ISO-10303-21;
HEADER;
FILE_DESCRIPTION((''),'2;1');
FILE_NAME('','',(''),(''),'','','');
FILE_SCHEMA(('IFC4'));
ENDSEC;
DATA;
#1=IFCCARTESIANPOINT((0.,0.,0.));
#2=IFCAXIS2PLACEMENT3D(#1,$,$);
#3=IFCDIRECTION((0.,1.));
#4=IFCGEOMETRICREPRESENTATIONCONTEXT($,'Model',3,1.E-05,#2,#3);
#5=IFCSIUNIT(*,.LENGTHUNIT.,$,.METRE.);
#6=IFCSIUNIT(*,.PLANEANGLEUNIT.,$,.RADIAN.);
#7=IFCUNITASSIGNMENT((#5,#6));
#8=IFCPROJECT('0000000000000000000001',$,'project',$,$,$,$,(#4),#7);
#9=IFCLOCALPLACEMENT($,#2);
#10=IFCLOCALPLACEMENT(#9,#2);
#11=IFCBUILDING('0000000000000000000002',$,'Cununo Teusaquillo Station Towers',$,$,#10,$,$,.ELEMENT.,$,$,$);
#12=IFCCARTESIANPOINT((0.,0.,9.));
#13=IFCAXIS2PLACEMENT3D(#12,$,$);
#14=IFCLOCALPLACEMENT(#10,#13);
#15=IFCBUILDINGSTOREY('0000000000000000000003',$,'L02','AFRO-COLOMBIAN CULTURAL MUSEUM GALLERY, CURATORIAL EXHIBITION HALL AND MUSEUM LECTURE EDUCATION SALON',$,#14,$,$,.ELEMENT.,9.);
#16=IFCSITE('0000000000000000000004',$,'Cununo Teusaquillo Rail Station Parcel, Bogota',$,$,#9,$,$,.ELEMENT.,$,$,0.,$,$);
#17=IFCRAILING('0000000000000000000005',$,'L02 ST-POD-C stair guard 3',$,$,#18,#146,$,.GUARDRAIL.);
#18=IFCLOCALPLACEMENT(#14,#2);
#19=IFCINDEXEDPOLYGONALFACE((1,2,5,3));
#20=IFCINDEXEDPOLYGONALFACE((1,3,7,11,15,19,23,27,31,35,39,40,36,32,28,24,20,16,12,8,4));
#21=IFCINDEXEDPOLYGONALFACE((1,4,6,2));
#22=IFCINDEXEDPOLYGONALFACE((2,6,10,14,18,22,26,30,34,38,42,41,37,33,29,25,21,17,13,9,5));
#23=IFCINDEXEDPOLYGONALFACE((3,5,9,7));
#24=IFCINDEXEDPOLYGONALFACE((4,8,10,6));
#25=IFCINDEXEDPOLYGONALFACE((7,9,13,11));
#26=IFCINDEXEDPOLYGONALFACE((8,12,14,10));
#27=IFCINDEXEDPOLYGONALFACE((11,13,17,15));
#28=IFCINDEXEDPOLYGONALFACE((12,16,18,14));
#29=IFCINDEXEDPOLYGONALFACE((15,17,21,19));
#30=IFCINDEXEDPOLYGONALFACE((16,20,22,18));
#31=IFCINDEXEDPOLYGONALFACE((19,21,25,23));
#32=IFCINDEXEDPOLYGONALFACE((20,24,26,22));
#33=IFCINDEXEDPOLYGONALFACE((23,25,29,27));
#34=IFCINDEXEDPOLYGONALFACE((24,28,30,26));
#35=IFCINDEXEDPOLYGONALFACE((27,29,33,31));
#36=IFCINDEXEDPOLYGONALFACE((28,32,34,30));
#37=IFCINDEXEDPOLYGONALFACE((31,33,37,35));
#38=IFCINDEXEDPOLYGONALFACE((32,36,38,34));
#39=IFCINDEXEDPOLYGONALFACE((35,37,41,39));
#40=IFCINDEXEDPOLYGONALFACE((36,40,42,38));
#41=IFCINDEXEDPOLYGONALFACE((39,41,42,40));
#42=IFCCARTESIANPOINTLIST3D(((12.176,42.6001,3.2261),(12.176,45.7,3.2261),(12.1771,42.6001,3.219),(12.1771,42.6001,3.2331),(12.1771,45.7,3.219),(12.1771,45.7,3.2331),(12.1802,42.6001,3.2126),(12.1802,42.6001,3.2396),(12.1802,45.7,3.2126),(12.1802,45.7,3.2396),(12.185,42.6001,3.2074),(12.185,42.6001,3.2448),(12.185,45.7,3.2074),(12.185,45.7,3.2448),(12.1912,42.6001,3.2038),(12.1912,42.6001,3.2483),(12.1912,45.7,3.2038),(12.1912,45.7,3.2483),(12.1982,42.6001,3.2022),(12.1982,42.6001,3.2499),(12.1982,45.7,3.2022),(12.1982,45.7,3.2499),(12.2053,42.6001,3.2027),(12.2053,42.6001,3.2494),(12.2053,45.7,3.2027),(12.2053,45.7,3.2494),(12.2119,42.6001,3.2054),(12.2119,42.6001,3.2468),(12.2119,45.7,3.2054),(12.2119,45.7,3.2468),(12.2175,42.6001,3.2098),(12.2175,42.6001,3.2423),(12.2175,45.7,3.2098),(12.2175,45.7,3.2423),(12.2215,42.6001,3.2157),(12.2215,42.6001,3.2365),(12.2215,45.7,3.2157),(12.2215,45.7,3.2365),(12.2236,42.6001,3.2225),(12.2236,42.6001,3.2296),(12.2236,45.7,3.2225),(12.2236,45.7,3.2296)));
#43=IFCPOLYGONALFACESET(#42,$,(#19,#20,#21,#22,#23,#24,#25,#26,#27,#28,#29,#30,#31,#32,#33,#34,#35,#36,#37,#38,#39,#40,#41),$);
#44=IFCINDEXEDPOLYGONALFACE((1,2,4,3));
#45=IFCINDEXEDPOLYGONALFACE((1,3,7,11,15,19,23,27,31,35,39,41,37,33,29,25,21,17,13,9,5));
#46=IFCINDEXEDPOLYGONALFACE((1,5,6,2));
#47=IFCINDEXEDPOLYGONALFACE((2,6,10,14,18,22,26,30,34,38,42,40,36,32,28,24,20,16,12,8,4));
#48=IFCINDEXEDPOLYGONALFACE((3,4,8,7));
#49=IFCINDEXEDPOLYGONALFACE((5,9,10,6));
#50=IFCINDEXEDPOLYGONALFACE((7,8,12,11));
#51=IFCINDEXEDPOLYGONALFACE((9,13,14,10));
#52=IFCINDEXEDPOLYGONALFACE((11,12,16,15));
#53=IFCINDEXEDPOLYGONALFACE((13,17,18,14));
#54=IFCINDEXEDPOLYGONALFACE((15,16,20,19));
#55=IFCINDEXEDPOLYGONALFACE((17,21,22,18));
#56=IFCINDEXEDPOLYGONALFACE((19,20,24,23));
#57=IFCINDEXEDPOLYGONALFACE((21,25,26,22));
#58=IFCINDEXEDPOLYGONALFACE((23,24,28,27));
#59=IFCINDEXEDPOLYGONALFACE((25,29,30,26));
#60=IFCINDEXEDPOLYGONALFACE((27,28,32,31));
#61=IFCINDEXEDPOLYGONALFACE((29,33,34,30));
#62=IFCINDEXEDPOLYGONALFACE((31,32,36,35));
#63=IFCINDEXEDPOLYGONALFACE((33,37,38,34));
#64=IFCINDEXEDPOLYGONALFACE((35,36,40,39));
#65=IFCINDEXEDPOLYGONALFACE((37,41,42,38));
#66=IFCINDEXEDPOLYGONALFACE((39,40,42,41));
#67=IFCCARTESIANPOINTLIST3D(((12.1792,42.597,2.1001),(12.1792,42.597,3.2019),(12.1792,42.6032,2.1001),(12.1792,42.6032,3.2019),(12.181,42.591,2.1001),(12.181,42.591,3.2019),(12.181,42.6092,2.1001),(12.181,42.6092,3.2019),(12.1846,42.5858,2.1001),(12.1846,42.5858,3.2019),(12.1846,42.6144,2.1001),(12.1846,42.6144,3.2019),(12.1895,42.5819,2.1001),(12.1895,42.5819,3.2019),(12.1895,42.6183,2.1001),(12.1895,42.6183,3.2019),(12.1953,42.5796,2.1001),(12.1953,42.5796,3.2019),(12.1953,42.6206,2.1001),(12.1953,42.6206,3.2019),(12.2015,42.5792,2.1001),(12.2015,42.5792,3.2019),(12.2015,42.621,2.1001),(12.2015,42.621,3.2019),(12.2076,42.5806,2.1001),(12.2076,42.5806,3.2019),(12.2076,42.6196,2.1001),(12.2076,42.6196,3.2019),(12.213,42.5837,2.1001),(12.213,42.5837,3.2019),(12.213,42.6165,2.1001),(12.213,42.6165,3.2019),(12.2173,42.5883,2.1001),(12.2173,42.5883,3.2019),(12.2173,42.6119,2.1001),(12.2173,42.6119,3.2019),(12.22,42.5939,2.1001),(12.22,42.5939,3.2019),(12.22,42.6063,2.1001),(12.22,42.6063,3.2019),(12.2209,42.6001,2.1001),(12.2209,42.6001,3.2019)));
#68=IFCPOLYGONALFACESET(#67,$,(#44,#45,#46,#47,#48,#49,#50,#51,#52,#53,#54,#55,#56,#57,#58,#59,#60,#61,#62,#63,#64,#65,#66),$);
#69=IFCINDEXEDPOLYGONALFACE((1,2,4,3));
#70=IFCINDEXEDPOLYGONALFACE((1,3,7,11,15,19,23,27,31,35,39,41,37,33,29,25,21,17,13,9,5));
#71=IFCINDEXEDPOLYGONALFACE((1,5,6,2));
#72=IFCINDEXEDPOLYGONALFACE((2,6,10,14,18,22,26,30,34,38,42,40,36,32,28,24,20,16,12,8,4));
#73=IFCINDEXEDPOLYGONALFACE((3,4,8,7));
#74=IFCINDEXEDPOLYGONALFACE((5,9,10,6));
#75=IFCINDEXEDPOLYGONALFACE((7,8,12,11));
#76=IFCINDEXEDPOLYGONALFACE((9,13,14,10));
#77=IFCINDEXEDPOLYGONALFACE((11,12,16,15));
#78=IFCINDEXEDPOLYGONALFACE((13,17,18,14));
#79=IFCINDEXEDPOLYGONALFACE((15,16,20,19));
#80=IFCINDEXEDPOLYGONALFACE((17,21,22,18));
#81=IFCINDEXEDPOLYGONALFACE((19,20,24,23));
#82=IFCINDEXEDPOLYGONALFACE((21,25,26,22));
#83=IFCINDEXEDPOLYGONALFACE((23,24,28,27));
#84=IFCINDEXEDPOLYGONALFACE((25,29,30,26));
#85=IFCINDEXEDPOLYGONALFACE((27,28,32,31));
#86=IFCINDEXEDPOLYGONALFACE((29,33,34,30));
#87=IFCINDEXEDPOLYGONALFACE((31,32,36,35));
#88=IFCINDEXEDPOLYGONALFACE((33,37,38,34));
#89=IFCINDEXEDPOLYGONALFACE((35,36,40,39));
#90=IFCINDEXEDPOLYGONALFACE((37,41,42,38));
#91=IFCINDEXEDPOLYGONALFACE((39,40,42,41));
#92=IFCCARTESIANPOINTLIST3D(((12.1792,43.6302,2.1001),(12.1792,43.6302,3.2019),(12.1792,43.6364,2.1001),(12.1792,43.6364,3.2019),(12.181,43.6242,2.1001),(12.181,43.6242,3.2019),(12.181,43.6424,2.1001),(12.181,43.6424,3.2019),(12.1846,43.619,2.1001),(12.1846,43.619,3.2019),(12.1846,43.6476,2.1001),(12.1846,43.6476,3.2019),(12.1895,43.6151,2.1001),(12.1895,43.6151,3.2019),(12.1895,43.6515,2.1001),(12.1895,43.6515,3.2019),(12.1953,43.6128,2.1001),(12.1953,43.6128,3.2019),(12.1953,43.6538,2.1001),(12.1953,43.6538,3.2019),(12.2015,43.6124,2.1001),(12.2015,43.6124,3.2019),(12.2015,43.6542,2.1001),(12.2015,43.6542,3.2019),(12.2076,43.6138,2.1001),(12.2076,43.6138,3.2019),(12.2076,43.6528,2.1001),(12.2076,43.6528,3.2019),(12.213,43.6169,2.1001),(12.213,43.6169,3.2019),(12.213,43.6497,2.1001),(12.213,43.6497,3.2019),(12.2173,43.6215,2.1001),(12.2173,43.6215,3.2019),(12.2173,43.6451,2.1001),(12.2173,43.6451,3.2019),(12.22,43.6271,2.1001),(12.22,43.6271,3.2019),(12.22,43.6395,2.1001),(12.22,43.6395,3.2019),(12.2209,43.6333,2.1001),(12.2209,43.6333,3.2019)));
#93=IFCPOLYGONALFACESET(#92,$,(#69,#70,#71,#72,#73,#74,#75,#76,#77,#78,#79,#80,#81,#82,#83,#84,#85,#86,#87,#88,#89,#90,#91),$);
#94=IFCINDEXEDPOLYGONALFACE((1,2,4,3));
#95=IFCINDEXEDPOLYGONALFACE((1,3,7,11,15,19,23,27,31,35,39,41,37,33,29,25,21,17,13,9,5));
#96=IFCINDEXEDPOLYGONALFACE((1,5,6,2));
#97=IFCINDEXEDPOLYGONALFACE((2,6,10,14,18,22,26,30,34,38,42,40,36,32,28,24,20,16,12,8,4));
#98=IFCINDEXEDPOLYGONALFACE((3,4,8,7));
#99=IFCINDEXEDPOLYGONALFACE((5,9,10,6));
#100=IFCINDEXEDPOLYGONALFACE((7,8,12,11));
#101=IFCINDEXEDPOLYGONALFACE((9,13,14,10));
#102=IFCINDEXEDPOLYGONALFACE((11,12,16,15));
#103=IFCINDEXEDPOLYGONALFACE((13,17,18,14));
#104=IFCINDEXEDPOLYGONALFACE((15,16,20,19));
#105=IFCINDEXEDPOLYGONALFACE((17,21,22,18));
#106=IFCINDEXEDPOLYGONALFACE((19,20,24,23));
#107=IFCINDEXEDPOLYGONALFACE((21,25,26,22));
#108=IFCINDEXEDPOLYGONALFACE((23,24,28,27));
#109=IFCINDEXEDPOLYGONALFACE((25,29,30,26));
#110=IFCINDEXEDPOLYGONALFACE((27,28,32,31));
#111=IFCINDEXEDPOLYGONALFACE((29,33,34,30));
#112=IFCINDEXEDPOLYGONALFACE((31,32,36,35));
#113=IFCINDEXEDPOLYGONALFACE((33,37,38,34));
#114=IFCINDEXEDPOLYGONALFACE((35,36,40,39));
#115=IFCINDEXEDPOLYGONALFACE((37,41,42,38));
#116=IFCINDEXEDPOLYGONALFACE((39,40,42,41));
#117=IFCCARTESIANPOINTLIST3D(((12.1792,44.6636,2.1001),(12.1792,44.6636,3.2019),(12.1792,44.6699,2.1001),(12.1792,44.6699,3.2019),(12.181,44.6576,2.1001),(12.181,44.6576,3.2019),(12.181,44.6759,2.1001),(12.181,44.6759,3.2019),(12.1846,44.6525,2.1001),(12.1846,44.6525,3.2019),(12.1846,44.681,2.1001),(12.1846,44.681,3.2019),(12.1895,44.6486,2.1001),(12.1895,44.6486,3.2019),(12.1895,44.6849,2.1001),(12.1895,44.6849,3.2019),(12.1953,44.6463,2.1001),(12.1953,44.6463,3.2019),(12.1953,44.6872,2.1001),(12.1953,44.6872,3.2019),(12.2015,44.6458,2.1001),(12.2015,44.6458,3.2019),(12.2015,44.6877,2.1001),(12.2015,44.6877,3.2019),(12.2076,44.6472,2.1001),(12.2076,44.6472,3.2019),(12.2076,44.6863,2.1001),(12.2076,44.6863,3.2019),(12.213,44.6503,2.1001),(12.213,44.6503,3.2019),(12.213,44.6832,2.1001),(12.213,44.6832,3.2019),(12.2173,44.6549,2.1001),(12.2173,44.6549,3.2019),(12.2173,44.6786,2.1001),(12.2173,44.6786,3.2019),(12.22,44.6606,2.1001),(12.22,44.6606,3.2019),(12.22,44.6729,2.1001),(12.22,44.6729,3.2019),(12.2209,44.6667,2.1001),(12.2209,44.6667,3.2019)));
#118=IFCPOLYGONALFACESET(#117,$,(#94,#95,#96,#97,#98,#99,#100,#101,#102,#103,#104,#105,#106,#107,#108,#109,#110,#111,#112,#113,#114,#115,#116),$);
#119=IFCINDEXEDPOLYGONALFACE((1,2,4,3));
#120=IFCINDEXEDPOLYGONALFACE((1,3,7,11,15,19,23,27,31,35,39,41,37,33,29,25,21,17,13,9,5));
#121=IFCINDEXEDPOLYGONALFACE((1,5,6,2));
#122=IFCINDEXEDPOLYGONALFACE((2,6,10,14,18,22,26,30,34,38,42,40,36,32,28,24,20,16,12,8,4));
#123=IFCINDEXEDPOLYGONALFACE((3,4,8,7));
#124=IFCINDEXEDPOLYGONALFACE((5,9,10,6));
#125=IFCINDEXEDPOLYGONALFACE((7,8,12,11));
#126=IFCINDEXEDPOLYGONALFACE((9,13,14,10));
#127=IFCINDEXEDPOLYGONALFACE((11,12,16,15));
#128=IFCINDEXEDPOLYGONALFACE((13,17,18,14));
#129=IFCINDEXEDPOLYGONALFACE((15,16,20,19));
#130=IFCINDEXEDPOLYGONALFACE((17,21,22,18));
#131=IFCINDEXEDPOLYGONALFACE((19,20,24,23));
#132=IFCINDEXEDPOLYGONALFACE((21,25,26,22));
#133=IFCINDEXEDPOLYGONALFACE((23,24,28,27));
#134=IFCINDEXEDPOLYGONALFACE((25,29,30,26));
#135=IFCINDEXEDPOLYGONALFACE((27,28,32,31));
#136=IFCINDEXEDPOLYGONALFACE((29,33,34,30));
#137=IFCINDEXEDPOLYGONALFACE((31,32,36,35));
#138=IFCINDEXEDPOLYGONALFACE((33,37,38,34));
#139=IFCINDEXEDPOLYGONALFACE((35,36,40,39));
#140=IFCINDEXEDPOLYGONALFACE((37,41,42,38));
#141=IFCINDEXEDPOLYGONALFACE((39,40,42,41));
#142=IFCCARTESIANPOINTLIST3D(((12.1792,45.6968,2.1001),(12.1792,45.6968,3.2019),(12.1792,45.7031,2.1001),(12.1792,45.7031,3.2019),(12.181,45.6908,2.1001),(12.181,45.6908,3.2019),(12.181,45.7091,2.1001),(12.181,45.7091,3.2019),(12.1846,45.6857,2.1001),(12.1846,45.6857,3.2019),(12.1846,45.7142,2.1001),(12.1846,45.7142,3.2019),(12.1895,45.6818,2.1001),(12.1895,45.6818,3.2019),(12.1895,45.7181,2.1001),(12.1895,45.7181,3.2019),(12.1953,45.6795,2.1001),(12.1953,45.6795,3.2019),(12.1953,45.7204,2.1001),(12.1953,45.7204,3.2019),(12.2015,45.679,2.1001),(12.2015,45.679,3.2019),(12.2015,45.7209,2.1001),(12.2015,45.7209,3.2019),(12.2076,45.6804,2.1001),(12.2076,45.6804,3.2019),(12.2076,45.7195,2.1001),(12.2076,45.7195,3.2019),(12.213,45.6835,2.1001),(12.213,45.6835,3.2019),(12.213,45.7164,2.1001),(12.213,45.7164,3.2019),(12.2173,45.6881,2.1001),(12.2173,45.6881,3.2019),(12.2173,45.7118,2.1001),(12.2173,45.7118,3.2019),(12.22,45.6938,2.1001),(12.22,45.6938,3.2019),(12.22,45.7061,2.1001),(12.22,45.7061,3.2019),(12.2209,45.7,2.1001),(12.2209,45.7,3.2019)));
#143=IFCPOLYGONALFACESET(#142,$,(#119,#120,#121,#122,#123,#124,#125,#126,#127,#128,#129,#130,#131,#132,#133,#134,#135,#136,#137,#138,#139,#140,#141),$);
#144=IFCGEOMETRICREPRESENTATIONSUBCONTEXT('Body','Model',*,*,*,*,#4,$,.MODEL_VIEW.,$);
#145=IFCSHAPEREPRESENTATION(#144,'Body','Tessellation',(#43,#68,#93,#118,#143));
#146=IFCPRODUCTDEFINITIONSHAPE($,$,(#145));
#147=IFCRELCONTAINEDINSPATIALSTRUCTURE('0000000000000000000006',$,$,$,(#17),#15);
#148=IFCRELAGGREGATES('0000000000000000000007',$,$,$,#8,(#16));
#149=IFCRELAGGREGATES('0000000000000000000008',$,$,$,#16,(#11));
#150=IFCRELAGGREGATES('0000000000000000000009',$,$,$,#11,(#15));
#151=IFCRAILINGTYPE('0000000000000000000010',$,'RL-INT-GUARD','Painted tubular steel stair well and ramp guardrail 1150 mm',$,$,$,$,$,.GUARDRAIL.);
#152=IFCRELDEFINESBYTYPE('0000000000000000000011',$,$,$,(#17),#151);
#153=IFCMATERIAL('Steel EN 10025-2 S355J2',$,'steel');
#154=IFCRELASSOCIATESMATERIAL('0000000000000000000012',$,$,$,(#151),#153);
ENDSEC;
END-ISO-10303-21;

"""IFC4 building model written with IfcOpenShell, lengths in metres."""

from ifc_helpers import new_model, si_unit, direction, frame, origin, origin_2d, place, context, subcontext, project, spatial, circle, extrude, material, type_object, element, save


model = new_model("IFC4")

# Units and contexts
model_context = context("Model", 3, precision=1e-05, world=origin(), true_north=direction((0.0, 1.0)))
body_context = subcontext(model_context, "Body", "Model", "MODEL_VIEW")
ifc_project = project(units=[si_unit("LENGTHUNIT", "METRE"), si_unit("PLANEANGLEUNIT", "RADIAN")], contexts=[model_context])

# Site, building, storey
site_placement = place(None, origin())
site = spatial("IfcSite", under=ifc_project, at=site_placement, Name="Cununo Teusaquillo Rail Station Parcel, Bogota", CompositionType="ELEMENT", RefElevation=0.0)
building_placement = place(site_placement, origin())
building = spatial("IfcBuilding", under=site, at=building_placement, Name="Cununo Teusaquillo Station Towers", CompositionType="ELEMENT")
storey_placement = place(building_placement, frame((0.0, 0.0, 9.0)))
storey = spatial("IfcBuildingStorey", under=building, at=storey_placement, Name="L02", Description="AFRO-COLOMBIAN CULTURAL MUSEUM GALLERY, CURATORIAL EXHIBITION HALL AND MUSEUM LECTURE EDUCATION SALON", CompositionType="ELEMENT", Elevation=9.0)

# Railing
ifc_material_1 = material(Name="Steel EN 10025-2 S355J2", Category="steel")
railing_type = type_object("IfcRailingType", Name="RL-INT-GUARD", Description="Painted tubular steel stair well and ramp guardrail 1150 mm", PredefinedType="GUARDRAIL", material=ifc_material_1)
railing_1_placement = place(storey_placement, frame((12.2, 42.6001, 2.1001)))
element("IfcRailing", 1, at=railing_1_placement, inside=storey, type_object=railing_type, Name="L02 ST-POD-C stair guard 3", PredefinedType="GUARDRAIL", context=body_context, shape_type="SweptSolid", body=[
    extrude(circle(Radius=0.0239, at=origin_2d()), frame((0.0, 0.0, 1.126), z_axis=(0.0, 1.0, 0.0), x_axis=(-1.0, 0.0, 0.0)), (0.0, 0.0, 1.0), 3.0999),
    extrude(circle(Radius=0.021, at=origin_2d()), origin(), (0.0, 0.0, 1.0), 1.1018),
    extrude(circle(Radius=0.021, at=origin_2d()), frame((0.0, 1.0332, 0.0)), (0.0, 0.0, 1.0), 1.1018),
    extrude(circle(Radius=0.021, at=origin_2d()), frame((0.0, 2.0667, 0.0)), (0.0, 0.0, 1.0), 1.1018),
    extrude(circle(Radius=0.021, at=origin_2d()), frame((0.0, 3.0999, 0.0)), (0.0, 0.0, 1.0), 1.1018),
])

save(model, "model.ifc")
